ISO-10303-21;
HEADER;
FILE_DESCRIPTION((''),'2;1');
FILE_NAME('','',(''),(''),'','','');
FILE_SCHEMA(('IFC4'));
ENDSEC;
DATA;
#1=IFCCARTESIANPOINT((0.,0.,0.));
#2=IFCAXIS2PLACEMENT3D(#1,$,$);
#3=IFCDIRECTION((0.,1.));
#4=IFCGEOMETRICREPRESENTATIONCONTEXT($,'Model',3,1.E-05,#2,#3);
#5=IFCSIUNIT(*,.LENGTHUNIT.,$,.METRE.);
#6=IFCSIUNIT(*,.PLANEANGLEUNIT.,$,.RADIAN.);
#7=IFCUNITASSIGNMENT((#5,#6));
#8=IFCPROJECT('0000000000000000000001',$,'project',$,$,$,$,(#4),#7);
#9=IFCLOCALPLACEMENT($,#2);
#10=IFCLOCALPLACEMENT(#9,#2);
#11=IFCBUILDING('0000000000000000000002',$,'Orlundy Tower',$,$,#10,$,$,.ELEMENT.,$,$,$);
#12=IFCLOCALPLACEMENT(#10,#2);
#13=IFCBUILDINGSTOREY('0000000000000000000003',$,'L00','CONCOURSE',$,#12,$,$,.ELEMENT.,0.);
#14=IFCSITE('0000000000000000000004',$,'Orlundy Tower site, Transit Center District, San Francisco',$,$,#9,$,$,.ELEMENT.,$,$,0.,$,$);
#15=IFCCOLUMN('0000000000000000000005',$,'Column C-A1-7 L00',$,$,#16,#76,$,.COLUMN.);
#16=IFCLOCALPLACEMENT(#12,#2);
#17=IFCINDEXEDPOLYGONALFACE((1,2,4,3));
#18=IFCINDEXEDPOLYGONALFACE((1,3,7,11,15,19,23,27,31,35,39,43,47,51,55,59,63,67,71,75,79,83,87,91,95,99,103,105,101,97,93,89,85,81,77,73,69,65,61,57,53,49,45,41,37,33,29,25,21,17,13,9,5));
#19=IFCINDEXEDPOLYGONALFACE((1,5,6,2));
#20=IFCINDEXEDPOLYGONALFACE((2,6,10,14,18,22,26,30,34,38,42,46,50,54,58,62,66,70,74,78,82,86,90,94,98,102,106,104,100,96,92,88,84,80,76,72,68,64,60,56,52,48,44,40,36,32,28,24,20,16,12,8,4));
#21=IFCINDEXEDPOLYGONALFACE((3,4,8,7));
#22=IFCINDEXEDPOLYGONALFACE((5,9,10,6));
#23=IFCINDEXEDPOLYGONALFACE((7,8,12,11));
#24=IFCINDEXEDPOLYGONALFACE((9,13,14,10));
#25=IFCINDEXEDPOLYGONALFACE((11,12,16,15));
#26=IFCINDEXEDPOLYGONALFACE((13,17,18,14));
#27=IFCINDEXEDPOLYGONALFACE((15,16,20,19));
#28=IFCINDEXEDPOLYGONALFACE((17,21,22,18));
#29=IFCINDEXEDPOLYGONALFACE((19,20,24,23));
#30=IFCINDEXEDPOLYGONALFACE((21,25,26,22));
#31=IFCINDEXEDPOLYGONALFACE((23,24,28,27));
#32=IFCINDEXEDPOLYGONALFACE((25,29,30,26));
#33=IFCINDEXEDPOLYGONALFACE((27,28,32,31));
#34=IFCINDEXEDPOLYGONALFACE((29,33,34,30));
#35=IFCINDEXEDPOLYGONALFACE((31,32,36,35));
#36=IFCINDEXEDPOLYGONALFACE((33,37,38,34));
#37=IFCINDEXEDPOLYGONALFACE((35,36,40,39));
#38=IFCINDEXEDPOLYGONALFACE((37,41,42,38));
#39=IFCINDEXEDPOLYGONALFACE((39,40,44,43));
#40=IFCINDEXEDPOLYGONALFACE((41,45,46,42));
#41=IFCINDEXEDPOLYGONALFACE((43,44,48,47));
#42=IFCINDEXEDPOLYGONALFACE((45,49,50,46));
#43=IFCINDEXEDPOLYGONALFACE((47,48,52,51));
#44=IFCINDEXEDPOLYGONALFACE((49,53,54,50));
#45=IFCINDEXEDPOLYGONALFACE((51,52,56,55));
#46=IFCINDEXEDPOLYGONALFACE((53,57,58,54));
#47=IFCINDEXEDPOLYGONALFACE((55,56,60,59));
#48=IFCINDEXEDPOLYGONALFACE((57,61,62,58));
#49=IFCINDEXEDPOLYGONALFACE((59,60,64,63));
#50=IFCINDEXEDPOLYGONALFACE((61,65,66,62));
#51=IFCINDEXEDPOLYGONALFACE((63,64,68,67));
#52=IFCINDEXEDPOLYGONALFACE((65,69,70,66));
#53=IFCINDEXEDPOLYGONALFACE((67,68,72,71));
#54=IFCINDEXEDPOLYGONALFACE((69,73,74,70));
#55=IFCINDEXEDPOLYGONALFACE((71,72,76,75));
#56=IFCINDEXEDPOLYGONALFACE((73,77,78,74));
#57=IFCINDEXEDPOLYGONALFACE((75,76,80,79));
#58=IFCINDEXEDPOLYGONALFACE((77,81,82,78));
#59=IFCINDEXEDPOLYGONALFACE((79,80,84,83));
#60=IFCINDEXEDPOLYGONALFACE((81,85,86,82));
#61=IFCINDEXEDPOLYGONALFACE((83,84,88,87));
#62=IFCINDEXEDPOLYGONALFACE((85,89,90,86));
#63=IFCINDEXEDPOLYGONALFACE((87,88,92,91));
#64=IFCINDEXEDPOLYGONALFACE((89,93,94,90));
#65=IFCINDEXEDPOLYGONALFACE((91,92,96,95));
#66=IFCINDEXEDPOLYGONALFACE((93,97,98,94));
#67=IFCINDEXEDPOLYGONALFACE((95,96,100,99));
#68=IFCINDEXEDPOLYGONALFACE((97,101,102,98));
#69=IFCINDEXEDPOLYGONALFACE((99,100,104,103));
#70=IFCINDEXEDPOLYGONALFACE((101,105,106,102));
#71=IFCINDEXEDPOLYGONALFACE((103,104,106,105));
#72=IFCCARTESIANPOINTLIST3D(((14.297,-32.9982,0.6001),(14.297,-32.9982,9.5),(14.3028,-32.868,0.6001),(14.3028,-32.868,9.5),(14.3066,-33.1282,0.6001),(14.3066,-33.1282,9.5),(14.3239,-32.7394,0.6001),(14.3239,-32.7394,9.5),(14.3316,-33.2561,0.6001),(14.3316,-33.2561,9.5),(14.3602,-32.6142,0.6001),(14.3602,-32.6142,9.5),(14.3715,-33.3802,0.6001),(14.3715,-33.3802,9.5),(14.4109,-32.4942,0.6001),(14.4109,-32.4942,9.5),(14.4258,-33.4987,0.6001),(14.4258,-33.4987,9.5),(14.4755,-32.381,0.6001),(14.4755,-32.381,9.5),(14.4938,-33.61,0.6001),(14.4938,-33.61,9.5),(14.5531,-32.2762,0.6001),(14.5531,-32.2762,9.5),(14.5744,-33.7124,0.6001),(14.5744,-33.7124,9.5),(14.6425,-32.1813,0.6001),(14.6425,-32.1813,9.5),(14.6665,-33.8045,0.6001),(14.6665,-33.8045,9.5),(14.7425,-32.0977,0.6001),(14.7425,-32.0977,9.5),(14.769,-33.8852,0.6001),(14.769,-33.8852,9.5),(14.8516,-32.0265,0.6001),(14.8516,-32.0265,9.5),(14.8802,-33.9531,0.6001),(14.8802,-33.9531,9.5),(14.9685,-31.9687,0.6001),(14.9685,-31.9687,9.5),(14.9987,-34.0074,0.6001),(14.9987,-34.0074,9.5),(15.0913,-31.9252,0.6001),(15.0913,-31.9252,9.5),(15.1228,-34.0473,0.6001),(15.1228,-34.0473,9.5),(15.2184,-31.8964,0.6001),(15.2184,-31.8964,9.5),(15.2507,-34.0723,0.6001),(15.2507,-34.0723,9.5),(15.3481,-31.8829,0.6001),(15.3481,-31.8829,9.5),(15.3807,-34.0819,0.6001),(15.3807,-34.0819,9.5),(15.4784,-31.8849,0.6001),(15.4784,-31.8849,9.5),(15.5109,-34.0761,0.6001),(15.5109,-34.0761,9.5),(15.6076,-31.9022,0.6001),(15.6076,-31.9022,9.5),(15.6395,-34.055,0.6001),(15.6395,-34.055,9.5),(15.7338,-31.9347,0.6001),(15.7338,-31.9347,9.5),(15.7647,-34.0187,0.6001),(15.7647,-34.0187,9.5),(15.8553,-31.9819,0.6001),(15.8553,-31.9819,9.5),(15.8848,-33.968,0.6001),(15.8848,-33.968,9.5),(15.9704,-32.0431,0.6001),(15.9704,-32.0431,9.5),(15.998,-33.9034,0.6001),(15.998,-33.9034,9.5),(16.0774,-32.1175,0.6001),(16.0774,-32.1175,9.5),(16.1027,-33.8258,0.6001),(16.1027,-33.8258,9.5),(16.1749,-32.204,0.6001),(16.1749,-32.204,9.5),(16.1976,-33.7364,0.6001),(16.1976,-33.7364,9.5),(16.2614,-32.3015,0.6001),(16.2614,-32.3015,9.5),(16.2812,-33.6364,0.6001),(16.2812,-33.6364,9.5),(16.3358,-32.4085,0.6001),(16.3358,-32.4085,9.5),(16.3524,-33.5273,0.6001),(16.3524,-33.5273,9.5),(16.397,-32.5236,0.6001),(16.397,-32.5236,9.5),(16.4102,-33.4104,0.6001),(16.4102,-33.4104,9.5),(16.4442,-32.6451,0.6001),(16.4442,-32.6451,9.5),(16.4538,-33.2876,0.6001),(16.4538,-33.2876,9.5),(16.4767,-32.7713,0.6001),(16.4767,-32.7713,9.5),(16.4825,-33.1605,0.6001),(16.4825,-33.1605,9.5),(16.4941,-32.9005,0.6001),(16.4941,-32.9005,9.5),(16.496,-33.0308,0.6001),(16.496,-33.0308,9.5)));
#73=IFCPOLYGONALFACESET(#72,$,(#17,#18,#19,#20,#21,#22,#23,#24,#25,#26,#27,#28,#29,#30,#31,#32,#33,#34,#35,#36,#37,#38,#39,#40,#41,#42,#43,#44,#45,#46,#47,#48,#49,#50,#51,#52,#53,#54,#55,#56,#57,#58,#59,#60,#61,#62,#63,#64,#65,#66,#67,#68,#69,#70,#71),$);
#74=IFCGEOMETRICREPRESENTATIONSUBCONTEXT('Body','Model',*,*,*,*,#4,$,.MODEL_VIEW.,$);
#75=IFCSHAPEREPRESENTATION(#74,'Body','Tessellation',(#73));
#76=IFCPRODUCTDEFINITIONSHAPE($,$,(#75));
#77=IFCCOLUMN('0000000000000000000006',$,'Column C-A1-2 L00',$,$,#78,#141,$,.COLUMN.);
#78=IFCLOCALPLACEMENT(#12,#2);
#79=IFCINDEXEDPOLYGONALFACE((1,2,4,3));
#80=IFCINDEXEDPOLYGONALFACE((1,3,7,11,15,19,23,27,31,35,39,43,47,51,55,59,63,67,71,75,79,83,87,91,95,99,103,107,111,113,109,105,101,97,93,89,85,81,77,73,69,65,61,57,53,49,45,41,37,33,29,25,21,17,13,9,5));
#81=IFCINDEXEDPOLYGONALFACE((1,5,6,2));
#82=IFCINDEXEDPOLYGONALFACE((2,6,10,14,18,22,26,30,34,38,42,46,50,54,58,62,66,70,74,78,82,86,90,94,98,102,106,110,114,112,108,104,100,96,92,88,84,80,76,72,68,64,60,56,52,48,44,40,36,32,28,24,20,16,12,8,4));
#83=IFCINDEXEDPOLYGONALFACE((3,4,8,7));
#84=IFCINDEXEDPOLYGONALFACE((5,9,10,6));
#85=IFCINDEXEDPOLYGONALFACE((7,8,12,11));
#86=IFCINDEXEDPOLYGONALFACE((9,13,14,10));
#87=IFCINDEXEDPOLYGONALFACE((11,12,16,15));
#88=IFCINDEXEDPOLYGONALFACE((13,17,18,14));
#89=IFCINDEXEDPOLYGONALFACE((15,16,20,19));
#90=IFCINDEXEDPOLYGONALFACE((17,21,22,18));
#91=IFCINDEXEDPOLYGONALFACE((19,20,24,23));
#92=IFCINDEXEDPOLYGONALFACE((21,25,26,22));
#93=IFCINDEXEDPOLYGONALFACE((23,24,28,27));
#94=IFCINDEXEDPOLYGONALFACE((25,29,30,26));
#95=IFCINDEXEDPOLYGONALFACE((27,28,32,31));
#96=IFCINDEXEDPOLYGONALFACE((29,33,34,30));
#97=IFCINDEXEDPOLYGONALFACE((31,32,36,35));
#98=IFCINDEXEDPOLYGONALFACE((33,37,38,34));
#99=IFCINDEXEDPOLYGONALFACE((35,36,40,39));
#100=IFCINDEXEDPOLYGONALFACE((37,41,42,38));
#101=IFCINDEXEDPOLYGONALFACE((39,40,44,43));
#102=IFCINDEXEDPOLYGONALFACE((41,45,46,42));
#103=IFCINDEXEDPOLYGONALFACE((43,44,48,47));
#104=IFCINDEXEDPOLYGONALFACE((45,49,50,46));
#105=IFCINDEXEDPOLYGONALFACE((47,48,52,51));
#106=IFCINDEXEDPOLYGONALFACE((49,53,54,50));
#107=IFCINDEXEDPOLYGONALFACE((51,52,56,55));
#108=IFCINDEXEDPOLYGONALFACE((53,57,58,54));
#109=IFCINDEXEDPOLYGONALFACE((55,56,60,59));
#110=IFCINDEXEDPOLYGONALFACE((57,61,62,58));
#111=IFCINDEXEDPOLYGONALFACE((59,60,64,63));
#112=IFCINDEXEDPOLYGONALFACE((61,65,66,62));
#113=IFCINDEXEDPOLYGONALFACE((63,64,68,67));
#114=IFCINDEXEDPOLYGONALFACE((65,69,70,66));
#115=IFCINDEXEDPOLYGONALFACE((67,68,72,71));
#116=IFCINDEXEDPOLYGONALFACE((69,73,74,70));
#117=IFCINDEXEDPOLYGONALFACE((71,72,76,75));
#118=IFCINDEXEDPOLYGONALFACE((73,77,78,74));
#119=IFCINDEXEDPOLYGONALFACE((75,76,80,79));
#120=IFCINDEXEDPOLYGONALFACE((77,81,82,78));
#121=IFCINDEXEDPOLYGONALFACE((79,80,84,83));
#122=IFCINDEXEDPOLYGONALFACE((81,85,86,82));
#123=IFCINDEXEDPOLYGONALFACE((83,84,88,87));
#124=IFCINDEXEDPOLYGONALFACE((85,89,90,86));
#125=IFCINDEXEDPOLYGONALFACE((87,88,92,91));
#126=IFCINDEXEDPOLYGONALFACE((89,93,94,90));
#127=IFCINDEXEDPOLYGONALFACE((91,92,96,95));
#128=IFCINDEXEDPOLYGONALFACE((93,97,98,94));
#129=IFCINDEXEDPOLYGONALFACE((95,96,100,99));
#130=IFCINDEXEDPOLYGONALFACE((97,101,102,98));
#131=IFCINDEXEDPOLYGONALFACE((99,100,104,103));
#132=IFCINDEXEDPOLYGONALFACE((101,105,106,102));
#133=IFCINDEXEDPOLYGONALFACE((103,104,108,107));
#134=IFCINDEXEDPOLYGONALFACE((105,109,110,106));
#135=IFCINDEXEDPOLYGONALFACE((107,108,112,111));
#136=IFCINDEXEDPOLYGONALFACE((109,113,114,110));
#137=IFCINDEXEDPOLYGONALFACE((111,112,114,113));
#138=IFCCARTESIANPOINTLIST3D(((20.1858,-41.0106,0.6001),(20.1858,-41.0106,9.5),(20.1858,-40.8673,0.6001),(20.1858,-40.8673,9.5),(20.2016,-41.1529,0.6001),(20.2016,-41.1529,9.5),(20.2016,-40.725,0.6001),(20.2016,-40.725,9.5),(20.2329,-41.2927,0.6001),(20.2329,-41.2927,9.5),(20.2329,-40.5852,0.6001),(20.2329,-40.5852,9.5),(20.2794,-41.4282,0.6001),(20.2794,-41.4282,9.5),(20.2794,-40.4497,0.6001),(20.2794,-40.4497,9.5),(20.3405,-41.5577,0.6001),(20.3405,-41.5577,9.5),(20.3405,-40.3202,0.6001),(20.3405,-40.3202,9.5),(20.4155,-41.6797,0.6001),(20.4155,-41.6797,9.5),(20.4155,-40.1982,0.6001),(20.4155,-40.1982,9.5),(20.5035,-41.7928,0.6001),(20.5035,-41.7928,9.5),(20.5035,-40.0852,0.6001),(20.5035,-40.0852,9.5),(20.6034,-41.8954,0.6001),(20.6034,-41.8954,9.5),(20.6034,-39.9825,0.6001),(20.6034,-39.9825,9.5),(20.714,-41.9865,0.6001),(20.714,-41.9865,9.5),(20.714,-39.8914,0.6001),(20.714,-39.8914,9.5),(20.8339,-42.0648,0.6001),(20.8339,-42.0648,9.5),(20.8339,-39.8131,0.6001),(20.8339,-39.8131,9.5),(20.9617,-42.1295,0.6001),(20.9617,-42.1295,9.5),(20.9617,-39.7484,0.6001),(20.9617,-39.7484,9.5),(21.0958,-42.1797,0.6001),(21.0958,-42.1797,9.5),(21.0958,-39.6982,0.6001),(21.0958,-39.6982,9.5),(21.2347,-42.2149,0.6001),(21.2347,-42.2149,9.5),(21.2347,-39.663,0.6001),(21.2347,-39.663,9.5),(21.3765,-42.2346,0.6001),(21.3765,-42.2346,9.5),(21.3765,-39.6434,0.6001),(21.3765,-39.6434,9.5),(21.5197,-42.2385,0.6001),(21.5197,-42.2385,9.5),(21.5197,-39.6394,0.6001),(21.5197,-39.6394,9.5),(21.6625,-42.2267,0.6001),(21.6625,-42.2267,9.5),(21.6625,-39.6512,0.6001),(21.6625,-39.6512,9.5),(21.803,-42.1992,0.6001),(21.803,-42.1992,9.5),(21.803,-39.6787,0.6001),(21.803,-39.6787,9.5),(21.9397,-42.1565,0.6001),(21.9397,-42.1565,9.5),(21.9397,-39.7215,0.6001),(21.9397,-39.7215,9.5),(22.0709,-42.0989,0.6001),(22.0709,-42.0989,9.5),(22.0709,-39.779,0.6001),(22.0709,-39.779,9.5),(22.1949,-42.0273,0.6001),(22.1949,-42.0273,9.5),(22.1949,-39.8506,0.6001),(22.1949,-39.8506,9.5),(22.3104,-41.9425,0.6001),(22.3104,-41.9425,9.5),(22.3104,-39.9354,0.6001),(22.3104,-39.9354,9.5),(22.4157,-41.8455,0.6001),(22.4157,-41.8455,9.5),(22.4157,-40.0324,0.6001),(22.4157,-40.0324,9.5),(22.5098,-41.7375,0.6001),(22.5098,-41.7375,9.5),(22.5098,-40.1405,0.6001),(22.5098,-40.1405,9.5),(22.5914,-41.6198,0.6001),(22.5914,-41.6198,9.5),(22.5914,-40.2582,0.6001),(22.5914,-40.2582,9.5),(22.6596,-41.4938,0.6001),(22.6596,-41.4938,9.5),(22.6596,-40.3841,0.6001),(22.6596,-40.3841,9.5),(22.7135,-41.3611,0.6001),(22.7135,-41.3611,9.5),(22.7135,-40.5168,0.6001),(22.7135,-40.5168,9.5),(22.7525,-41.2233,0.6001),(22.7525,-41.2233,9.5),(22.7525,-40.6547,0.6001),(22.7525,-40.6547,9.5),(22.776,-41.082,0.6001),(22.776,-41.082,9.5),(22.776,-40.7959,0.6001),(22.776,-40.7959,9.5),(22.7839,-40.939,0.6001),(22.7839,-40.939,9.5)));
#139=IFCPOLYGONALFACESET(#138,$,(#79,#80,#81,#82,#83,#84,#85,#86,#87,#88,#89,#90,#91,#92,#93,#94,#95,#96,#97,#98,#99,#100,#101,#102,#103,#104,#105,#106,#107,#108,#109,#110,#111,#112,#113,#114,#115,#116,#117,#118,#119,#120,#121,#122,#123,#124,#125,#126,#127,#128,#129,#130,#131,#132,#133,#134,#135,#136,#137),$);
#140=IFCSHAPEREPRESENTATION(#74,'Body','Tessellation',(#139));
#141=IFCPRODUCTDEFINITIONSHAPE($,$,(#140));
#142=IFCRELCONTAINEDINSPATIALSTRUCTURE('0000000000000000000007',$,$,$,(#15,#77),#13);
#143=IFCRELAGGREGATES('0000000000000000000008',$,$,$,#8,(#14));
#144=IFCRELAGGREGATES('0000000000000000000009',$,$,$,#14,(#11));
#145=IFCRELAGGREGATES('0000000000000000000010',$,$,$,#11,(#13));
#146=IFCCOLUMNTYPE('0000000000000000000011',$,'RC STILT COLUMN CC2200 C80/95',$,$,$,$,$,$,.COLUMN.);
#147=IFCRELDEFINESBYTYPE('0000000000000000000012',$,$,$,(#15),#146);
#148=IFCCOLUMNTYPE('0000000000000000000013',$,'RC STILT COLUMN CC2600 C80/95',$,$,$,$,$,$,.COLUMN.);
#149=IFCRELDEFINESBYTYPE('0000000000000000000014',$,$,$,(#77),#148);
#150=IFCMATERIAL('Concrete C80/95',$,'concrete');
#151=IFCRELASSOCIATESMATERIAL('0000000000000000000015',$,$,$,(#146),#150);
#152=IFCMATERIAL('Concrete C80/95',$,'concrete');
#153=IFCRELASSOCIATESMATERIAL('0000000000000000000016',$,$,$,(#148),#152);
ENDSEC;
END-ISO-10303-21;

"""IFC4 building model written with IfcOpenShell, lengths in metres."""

from ifc_helpers import new_model, si_unit, direction, frame, origin, origin_2d, place, context, subcontext, project, spatial, circle, extrude, material, material_profile, profile_set, type_object, element, save


model = new_model("IFC4")

# Units and contexts
model_context = context("Model", 3, precision=1e-05, world=origin(), true_north=direction((0.0, 1.0)))
body_context = subcontext(model_context, "Body", "Model", "MODEL_VIEW")
ifc_project = project(units=[si_unit("LENGTHUNIT", "METRE"), si_unit("PLANEANGLEUNIT", "RADIAN")], contexts=[model_context])

# Site, building, storey
site_placement = place(None, origin())
site = spatial("IfcSite", under=ifc_project, at=site_placement, Name="Orlundy Tower site, Transit Center District, San Francisco", CompositionType="ELEMENT", RefElevation=0.0)
building_placement = place(site_placement, origin())
building = spatial("IfcBuilding", under=site, at=building_placement, Name="Orlundy Tower", CompositionType="ELEMENT")
storey_placement = place(building_placement, origin())
storey = spatial("IfcBuildingStorey", under=building, at=storey_placement, Name="L00", Description="CONCOURSE", CompositionType="ELEMENT", Elevation=0.0)

# Columns
ifc_material_1 = material(Name="Concrete C80/95", Category="concrete")
ifc_material_profile_1 = material_profile(ifc_material_1, circle(Radius=1.1001, at=origin_2d()), Name="CC2200")
ifc_profile_set_1 = profile_set([ifc_material_profile_1], Name="Concrete C80/95")
column_type_1 = type_object("IfcColumnType", Name="RC STILT COLUMN CC2200 C80/95", PredefinedType="COLUMN", material=ifc_profile_set_1)
for number, where, z_axis, x_axis, name in (
    (1, (15.397, -32.9819, 0.6001), (0.0, 0.0, 1.0), (0.707107, 0.707107, 0.0), "Column C-A1-7 L00"),
):
    element("IfcColumn", number, at=place(storey_placement, frame(where, z_axis=z_axis, x_axis=x_axis)), inside=storey, type_object=column_type_1, Name=name, PredefinedType="COLUMN", context=body_context, shape_type="SweptSolid", body=[
        extrude(circle(Radius=1.1001, at=origin_2d()), origin(), (0.0, 0.0, 1.0), 8.8999),
    ])
ifc_material_2 = material(Name="Concrete C80/95", Category="concrete")
ifc_material_profile_2 = material_profile(ifc_material_2, circle(Radius=1.3, at=origin_2d()), Name="CC2600")
ifc_profile_set_2 = profile_set([ifc_material_profile_2], Name="Concrete C80/95")
column_type_2 = type_object("IfcColumnType", Name="RC STILT COLUMN CC2600 C80/95", PredefinedType="COLUMN", material=ifc_profile_set_2)
for number, where, z_axis, x_axis, name in (
    (2, (21.4839, -40.939, 0.6001), (0.0, 0.0, 1.0), (1.0, 0.0, 0.0), "Column C-A1-2 L00"),
):
    element("IfcColumn", number, at=place(storey_placement, frame(where, z_axis=z_axis, x_axis=x_axis)), inside=storey, type_object=column_type_2, Name=name, PredefinedType="COLUMN", context=body_context, shape_type="SweptSolid", body=[
        extrude(circle(Radius=1.3, at=origin_2d()), origin(), (0.0, 0.0, 1.0), 8.8999),
    ])

save(model, "model.ifc")
